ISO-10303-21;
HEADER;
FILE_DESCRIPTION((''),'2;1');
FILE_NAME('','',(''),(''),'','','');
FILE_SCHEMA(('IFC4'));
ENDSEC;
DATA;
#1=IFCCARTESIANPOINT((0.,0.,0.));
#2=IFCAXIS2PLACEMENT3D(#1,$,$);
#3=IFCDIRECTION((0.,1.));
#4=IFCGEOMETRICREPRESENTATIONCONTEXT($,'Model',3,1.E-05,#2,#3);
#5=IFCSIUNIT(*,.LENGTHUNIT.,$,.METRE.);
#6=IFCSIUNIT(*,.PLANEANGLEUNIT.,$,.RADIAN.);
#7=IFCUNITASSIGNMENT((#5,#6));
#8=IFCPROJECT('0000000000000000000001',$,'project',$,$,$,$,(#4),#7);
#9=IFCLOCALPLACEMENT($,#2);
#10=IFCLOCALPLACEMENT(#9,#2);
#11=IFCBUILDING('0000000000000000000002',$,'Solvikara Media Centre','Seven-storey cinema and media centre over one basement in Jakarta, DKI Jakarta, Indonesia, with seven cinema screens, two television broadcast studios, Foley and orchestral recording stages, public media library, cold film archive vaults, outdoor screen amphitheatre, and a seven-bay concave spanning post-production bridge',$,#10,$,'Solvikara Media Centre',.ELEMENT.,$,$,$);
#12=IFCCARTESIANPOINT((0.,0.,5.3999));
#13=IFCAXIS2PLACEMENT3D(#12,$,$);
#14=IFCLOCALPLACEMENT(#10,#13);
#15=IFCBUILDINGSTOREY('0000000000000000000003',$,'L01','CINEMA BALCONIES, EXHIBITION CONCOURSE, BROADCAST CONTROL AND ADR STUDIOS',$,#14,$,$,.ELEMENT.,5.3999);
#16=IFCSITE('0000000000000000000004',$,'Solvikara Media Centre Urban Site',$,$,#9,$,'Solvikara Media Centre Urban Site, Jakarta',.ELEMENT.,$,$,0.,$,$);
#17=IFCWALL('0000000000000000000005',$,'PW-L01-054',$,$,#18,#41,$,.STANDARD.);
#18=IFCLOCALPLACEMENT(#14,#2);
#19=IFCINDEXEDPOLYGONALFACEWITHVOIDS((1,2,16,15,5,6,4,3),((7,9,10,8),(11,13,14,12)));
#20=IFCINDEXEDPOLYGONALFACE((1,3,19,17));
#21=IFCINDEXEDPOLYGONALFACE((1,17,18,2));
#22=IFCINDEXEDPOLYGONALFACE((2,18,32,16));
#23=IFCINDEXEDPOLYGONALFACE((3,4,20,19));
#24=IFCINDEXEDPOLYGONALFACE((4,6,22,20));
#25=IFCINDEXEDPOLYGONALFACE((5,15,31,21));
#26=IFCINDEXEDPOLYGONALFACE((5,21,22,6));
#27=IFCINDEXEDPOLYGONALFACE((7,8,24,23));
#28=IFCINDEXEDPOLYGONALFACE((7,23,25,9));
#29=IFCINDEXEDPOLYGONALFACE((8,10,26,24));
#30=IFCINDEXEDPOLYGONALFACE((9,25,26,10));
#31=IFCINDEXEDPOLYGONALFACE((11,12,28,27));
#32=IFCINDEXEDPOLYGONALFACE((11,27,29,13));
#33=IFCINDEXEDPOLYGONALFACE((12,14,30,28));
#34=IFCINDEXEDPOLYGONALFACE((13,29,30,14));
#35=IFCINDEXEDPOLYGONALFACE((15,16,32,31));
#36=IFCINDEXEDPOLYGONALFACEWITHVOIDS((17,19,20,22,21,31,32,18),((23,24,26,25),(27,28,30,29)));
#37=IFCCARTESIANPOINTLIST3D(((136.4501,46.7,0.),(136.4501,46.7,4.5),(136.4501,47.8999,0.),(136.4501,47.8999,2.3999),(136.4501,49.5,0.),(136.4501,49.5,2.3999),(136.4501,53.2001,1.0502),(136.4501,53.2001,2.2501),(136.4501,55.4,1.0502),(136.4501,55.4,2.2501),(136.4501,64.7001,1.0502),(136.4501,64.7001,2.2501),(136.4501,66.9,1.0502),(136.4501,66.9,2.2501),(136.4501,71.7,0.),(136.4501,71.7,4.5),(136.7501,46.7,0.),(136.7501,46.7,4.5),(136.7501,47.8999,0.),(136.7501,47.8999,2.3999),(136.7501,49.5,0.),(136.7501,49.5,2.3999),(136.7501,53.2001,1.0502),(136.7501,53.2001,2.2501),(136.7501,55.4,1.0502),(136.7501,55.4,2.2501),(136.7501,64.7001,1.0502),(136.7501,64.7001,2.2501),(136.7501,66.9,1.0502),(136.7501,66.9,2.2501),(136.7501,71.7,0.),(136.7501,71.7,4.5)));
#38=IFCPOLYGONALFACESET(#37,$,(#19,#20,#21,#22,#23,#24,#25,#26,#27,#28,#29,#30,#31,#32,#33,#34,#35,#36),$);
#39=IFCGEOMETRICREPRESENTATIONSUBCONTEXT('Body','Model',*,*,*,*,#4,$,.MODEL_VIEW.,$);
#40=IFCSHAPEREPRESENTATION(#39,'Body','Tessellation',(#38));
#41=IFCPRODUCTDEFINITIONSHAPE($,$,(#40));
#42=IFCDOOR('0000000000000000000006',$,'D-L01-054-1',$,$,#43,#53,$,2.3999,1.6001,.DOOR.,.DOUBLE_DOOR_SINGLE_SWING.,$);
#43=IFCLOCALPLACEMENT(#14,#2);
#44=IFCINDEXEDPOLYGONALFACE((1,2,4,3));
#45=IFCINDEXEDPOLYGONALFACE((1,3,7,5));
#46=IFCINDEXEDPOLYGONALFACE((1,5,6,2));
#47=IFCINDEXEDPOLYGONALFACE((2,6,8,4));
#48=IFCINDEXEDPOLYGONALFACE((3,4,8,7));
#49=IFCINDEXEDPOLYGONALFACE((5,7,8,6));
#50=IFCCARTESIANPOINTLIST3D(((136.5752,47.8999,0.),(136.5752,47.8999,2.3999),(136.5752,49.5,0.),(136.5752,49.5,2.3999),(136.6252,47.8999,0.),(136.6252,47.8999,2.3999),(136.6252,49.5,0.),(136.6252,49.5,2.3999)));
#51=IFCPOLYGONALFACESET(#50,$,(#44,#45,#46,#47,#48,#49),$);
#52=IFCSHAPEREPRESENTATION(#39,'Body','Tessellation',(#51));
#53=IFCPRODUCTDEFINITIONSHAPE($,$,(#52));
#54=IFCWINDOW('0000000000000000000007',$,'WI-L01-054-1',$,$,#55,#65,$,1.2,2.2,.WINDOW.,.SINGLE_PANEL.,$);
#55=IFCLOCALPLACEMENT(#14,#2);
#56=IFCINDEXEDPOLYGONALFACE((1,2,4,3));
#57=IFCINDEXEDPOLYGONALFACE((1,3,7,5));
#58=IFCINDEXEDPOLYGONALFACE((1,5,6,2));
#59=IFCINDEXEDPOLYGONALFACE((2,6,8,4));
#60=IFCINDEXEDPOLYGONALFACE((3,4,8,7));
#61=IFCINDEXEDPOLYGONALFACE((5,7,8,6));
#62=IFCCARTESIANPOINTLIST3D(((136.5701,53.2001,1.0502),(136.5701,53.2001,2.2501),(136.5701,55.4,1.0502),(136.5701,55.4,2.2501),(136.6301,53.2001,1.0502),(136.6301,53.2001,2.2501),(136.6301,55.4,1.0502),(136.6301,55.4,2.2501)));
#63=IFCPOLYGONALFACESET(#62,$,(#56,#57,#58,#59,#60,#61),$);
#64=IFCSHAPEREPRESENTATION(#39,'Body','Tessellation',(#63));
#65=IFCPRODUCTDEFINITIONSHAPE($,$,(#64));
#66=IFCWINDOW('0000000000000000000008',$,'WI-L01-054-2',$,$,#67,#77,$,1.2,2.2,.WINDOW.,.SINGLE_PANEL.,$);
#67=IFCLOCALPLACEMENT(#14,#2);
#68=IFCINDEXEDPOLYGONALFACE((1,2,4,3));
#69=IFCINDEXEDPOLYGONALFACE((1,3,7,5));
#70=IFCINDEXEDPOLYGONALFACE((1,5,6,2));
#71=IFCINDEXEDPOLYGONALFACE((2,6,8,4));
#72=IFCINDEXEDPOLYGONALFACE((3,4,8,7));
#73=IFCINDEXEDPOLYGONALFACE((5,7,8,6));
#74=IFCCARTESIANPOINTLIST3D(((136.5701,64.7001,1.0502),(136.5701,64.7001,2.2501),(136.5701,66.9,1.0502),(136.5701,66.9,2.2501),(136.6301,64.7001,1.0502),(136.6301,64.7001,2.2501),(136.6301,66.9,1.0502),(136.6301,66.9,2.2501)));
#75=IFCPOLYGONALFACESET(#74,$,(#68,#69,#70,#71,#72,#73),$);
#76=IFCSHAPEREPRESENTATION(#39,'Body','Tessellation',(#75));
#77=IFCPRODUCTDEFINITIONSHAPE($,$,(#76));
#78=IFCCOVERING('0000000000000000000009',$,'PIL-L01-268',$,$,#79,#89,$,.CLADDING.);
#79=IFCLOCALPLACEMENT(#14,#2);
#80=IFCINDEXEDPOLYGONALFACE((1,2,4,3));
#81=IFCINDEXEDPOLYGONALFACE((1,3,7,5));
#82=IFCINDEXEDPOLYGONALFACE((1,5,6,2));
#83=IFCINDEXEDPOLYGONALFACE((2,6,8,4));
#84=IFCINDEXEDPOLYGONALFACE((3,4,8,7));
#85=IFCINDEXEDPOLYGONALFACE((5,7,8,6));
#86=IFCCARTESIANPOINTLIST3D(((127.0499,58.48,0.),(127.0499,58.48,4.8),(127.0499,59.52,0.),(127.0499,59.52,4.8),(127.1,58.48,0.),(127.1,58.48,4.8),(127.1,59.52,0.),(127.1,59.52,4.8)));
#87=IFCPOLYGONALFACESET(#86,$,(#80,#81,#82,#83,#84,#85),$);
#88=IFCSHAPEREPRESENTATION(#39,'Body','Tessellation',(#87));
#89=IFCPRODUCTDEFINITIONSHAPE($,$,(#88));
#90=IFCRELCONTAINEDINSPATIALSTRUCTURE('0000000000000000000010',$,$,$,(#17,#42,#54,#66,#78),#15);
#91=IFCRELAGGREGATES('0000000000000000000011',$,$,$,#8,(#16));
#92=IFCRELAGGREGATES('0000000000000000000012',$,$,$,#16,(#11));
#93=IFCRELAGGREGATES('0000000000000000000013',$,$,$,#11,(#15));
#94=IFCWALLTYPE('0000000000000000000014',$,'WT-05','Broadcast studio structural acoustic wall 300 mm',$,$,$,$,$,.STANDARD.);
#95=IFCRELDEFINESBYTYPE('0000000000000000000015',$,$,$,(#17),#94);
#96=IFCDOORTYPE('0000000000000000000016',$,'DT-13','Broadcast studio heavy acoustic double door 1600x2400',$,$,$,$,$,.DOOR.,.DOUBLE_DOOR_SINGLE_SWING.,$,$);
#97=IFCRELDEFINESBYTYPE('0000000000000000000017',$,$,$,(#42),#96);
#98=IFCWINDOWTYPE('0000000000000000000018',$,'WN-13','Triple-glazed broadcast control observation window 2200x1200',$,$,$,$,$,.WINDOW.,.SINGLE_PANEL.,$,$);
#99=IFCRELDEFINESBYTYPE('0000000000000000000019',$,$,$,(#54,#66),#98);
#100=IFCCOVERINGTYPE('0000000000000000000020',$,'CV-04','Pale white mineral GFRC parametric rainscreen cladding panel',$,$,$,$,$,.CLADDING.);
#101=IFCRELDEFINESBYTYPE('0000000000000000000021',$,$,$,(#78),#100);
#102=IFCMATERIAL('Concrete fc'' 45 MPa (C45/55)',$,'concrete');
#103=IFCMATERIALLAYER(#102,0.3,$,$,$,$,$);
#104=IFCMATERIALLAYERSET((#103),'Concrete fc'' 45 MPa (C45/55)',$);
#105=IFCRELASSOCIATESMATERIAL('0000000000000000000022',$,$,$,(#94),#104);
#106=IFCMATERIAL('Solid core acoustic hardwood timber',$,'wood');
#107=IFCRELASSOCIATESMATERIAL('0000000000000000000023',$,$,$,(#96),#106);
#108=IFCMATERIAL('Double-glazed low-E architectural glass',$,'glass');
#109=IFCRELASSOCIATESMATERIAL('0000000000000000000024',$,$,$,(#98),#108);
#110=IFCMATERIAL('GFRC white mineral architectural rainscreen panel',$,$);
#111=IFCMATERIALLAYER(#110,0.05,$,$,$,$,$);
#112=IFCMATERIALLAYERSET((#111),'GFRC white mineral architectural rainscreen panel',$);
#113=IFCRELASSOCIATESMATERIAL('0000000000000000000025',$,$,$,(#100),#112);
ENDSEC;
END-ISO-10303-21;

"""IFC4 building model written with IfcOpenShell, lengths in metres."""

from ifc_helpers import new_model, si_unit, direction, frame, frame_2d, origin, origin_2d, place, context, subcontext, project, spatial, rectangle, extrude, material, layer, layer_set, type_object, element, fill, save


model = new_model("IFC4")

# Units and contexts
model_context = context("Model", 3, precision=1e-05, world=origin(), true_north=direction((0.0, 1.0)))
body_context = subcontext(model_context, "Body", "Model", "MODEL_VIEW")
ifc_project = project(units=[si_unit("LENGTHUNIT", "METRE"), si_unit("PLANEANGLEUNIT", "RADIAN")], contexts=[model_context])

# Site, building, storey
site_placement = place(None, origin())
site = spatial("IfcSite", under=ifc_project, at=site_placement, Name="Solvikara Media Centre Urban Site", LongName="Solvikara Media Centre Urban Site, Jakarta", CompositionType="ELEMENT", RefElevation=0.0)
building_placement = place(site_placement, origin())
building = spatial("IfcBuilding", under=site, at=building_placement, Name="Solvikara Media Centre", Description="Seven-storey cinema and media centre over one basement in Jakarta, DKI Jakarta, Indonesia, with seven cinema screens, two television broadcast studios, Foley and orchestral recording stages, public media library, cold film archive vaults, outdoor screen amphitheatre, and a seven-bay concave spanning post-production bridge", LongName="Solvikara Media Centre", CompositionType="ELEMENT")
storey_placement = place(building_placement, frame((0.0, 0.0, 5.3999)))
storey = spatial("IfcBuildingStorey", under=building, at=storey_placement, Name="L01", Description="CINEMA BALCONIES, EXHIBITION CONCOURSE, BROADCAST CONTROL AND ADR STUDIOS", CompositionType="ELEMENT", Elevation=5.3999)

# Shared definitions
ifc_material_1 = material(Name="Concrete fc' 45 MPa (C45/55)", Category="concrete")

# Wall, openings, door, windows
ifc_layer_1 = layer(ifc_material_1, 0.3)
ifc_layer_set_1 = layer_set([ifc_layer_1], Name="Concrete fc' 45 MPa (C45/55)")
wall_type = type_object("IfcWallType", Name="WT-05", Description="Broadcast studio structural acoustic wall 300 mm", PredefinedType="STANDARD", material=ifc_layer_set_1)
wall_placement = place(storey_placement, frame((136.6001, 46.7, 0.0), z_axis=(0.0, 0.0, 1.0), x_axis=(0.0, 1.0, 0.0)))
wall = element("IfcWall", 1, at=wall_placement, inside=storey, type_object=wall_type, Name="PW-L01-054", PredefinedType="STANDARD", context=body_context, shape_type="SweptSolid", body=[
    extrude(rectangle(XDim=25.0, YDim=0.3, at=frame_2d((12.5, 0.0))), origin(), (0.0, 0.0, 1.0), 4.5),
])
opening_1_placement = place(wall_placement, frame((1.2, 0.0, 0.0)))
opening_1 = element("IfcOpeningElement", 2, at=opening_1_placement, cuts=wall, PredefinedType="OPENING", context=body_context, shape_type="SweptSolid", body=[
    extrude(rectangle(XDim=1.6001, YDim=2.3999, at=frame_2d((0.8, 1.2))), frame((0.0, 0.1621, 0.0), z_axis=(0.0, -1.0, 0.0), x_axis=(1.0, 0.0, 0.0)), (0.0, 0.0, 1.0), 0.324),
])
opening_2_placement = place(wall_placement, frame((6.5, 0.0, 1.05)))
opening_2 = element("IfcOpeningElement", 3, at=opening_2_placement, cuts=wall, PredefinedType="OPENING", context=body_context, shape_type="SweptSolid", body=[
    extrude(rectangle(XDim=2.2, YDim=1.2, at=frame_2d((1.1001, 0.6001))), frame((0.0, 0.1621, 0.0), z_axis=(0.0, -1.0, 0.0), x_axis=(1.0, 0.0, 0.0)), (0.0, 0.0, 1.0), 0.324),
])
opening_3_placement = place(wall_placement, frame((18.0, 0.0, 1.05)))
opening_3 = element("IfcOpeningElement", 4, at=opening_3_placement, cuts=wall, PredefinedType="OPENING", context=body_context, shape_type="SweptSolid", body=[
    extrude(rectangle(XDim=2.2, YDim=1.2, at=frame_2d((1.1001, 0.6001))), frame((0.0, 0.1621, 0.0), z_axis=(0.0, -1.0, 0.0), x_axis=(1.0, 0.0, 0.0)), (0.0, 0.0, 1.0), 0.324),
])
ifc_material_2 = material(Name="Solid core acoustic hardwood timber", Category="wood")
door_type = type_object("IfcDoorType", Name="DT-13", Description="Broadcast studio heavy acoustic double door 1600x2400", OperationType="DOUBLE_DOOR_SINGLE_SWING", PredefinedType="DOOR", material=ifc_material_2)
door_placement = place(opening_1_placement, origin())
door = element("IfcDoor", 5, at=door_placement, inside=storey, type_object=door_type, Name="D-L01-054-1", OperationType="DOUBLE_DOOR_SINGLE_SWING", OverallHeight=2.3999, OverallWidth=1.6001, PredefinedType="DOOR", context=body_context, shape_type="SweptSolid", body=[
    extrude(rectangle(XDim=1.6001, YDim=2.3999, at=frame_2d((0.8, 1.2))), frame((0.0, 0.0249, 0.0), z_axis=(0.0, -1.0, 0.0), x_axis=(1.0, 0.0, 0.0)), (0.0, 0.0, 1.0), 0.05),
])
fill(opening_1, door)
ifc_material_3 = material(Name="Double-glazed low-E architectural glass", Category="glass")
window_type = type_object("IfcWindowType", Name="WN-13", Description="Triple-glazed broadcast control observation window 2200x1200", PartitioningType="SINGLE_PANEL", PredefinedType="WINDOW", material=ifc_material_3)
window_1_placement = place(opening_2_placement, origin())
window_1 = element("IfcWindow", 6, at=window_1_placement, inside=storey, type_object=window_type, Name="WI-L01-054-1", OverallHeight=1.2, OverallWidth=2.2, PartitioningType="SINGLE_PANEL", PredefinedType="WINDOW", context=body_context, shape_type="SweptSolid", body=[
    extrude(rectangle(XDim=2.2, YDim=1.2, at=frame_2d((1.1001, 0.6001))), frame((0.0, 0.03, 0.0), z_axis=(0.0, -1.0, 0.0), x_axis=(1.0, 0.0, 0.0)), (0.0, 0.0, 1.0), 0.0601),
])
fill(opening_2, window_1)
window_2_placement = place(opening_3_placement, origin())
window_2 = element("IfcWindow", 7, at=window_2_placement, inside=storey, type_object=window_type, Name="WI-L01-054-2", OverallHeight=1.2, OverallWidth=2.2, PartitioningType="SINGLE_PANEL", PredefinedType="WINDOW", context=body_context, shape_type="SweptSolid", body=[
    extrude(rectangle(XDim=2.2, YDim=1.2, at=frame_2d((1.1001, 0.6001))), frame((0.0, 0.03, 0.0), z_axis=(0.0, -1.0, 0.0), x_axis=(1.0, 0.0, 0.0)), (0.0, 0.0, 1.0), 0.0601),
])
fill(opening_3, window_2)

# Covering
ifc_material_4 = material(Name="GFRC white mineral architectural rainscreen panel")
ifc_layer_2 = layer(ifc_material_4, 0.05)
ifc_layer_set_2 = layer_set([ifc_layer_2], Name="GFRC white mineral architectural rainscreen panel")
covering_type = type_object("IfcCoveringType", Name="CV-04", Description="Pale white mineral GFRC parametric rainscreen cladding panel", PredefinedType="CLADDING", material=ifc_layer_set_2)
covering_placement = place(storey_placement, frame((127.075, 59.0, 0.0), z_axis=(0.0, 0.0, 1.0), x_axis=(0.0, -1.0, 0.0)))
element("IfcCovering", 8, at=covering_placement, inside=storey, type_object=covering_type, Name="PIL-L01-268", PredefinedType="CLADDING", context=body_context, shape_type="SweptSolid", body=[
    extrude(rectangle(XDim=1.04, YDim=0.05, at=origin_2d()), origin(), (0.0, 0.0, 1.0), 4.8),
])

save(model, "model.ifc")
